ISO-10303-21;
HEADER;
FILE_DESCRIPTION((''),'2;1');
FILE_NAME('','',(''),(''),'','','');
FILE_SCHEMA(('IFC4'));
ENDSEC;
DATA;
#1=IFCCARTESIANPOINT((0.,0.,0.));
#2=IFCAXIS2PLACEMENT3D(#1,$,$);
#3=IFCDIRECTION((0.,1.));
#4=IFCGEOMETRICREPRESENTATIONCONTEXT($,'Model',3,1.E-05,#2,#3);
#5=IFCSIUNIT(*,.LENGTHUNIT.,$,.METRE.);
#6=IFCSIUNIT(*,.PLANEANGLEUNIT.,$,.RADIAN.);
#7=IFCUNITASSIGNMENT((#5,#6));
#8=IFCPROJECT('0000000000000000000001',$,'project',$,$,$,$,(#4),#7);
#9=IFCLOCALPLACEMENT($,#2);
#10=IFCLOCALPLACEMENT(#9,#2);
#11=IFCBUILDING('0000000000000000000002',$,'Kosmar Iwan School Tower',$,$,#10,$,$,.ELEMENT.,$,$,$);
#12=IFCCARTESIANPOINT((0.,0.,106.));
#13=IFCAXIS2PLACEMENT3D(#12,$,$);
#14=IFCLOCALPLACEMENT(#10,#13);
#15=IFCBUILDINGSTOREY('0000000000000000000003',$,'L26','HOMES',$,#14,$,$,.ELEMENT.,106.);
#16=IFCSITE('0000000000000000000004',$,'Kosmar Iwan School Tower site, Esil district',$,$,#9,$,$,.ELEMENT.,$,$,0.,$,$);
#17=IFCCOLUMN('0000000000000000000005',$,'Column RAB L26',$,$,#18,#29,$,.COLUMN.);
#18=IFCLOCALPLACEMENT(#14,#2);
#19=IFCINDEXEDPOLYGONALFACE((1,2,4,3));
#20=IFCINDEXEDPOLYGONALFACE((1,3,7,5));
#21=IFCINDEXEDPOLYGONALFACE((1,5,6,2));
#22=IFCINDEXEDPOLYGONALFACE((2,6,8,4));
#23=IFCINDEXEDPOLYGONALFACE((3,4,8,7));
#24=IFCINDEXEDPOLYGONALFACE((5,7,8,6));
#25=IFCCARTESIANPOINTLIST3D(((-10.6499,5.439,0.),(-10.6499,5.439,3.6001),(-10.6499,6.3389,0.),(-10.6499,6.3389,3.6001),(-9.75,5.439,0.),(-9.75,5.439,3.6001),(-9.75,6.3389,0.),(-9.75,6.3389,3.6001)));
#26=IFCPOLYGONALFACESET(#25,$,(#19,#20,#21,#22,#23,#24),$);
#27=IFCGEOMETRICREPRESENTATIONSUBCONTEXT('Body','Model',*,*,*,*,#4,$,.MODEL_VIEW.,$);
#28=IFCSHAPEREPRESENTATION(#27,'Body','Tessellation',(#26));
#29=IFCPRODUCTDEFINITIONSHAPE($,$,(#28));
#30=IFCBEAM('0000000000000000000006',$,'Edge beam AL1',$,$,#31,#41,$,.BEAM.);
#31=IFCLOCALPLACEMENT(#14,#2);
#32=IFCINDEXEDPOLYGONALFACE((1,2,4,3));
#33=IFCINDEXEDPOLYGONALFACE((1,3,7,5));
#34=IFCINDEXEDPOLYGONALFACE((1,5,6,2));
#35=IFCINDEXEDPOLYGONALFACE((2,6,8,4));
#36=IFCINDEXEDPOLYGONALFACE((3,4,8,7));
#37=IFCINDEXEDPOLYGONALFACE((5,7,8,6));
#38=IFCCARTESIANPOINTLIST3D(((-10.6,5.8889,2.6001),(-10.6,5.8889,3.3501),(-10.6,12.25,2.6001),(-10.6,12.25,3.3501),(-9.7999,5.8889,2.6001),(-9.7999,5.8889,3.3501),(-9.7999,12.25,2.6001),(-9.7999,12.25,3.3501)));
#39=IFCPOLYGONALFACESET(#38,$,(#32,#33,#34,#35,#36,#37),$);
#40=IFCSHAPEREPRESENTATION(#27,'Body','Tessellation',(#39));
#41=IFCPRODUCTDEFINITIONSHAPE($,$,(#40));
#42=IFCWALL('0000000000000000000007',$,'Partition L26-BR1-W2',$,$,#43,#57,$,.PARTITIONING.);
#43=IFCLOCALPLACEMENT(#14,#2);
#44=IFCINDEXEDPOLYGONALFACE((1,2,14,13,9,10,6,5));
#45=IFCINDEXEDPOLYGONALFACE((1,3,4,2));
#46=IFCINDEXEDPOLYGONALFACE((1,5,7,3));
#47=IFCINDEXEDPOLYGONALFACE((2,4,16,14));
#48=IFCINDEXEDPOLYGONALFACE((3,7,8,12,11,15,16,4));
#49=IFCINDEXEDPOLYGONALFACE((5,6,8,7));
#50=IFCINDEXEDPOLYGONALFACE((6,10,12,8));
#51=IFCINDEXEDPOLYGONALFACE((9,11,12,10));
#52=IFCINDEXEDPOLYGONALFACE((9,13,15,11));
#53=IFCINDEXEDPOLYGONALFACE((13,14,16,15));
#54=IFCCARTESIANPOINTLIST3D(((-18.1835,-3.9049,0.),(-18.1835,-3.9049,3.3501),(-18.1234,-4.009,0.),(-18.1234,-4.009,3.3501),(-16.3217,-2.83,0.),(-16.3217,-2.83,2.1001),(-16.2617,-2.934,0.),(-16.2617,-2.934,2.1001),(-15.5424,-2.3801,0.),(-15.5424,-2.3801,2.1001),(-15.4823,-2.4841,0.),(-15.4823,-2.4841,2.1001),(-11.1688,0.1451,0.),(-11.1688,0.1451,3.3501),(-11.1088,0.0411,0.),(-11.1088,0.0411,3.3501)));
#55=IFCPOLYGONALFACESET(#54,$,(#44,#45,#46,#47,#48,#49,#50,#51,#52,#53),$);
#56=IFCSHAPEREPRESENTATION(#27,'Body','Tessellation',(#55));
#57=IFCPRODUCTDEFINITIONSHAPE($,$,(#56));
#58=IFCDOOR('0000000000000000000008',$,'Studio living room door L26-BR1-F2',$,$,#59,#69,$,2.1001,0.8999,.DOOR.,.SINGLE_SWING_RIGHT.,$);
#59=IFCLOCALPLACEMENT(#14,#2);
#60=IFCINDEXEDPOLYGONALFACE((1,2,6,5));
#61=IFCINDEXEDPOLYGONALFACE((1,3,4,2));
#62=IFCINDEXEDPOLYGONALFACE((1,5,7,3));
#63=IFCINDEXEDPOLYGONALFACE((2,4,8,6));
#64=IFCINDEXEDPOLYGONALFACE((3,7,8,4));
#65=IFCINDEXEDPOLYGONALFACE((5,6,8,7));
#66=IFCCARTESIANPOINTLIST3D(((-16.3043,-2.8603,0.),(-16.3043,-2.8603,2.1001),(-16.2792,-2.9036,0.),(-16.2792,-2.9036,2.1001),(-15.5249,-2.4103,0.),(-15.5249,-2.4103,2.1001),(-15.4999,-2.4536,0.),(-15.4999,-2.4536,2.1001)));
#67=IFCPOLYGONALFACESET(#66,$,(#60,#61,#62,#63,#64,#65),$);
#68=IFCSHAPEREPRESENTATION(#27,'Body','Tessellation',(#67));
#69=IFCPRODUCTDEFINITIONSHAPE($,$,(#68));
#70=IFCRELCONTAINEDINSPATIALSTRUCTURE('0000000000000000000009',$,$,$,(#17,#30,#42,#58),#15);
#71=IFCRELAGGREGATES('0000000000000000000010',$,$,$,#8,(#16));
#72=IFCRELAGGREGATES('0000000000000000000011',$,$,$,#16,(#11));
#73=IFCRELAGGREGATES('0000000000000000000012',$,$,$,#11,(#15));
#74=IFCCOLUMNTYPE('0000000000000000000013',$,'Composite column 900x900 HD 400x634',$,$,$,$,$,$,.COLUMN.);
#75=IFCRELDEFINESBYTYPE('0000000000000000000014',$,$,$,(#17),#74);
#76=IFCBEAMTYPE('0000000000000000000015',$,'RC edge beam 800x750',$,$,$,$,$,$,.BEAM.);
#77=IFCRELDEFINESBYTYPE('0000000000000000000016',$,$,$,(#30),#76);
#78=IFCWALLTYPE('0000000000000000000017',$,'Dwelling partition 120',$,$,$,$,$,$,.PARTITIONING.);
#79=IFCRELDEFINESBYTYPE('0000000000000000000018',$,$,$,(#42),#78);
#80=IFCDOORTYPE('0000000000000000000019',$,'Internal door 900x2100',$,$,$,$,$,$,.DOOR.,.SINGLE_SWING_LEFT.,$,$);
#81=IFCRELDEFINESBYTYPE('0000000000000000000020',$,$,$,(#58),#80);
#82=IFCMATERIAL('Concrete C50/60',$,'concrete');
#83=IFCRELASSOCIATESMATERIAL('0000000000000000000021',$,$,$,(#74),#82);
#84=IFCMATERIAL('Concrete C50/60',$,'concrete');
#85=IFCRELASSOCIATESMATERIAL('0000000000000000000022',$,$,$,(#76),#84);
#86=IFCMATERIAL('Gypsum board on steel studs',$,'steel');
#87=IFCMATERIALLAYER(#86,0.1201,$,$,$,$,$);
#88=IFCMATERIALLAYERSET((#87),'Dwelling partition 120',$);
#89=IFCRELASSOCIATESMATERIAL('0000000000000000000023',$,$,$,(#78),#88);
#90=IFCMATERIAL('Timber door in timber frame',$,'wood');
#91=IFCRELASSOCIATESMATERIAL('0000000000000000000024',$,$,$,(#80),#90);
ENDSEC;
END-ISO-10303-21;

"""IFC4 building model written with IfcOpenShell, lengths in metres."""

from ifc_helpers import new_model, si_unit, direction, frame, frame_2d, origin, origin_2d, place, context, subcontext, project, spatial, rectangle, extrude, material, layer, layer_set, material_profile, profile_set, type_object, element, fill, save


model = new_model("IFC4")

# Units and contexts
model_context = context("Model", 3, precision=1e-05, world=origin(), true_north=direction((0.0, 1.0)))
body_context = subcontext(model_context, "Body", "Model", "MODEL_VIEW")
ifc_project = project(units=[si_unit("LENGTHUNIT", "METRE"), si_unit("PLANEANGLEUNIT", "RADIAN")], contexts=[model_context])

# Site, building, storey
site_placement = place(None, origin())
site = spatial("IfcSite", under=ifc_project, at=site_placement, Name="Kosmar Iwan School Tower site, Esil district", CompositionType="ELEMENT", RefElevation=0.0)
building_placement = place(site_placement, origin())
building = spatial("IfcBuilding", under=site, at=building_placement, Name="Kosmar Iwan School Tower", CompositionType="ELEMENT")
storey_placement = place(building_placement, frame((0.0, 0.0, 106.0)))
storey = spatial("IfcBuildingStorey", under=building, at=storey_placement, Name="L26", Description="HOMES", CompositionType="ELEMENT", Elevation=106.0)

# Column
ifc_material_1 = material(Name="Concrete C50/60", Category="concrete")
ifc_material_profile_1 = material_profile(ifc_material_1, rectangle(XDim=0.8999, YDim=0.8999, at=origin_2d()), Name="RC 900x900 + HD 400x634")
ifc_profile_set_1 = profile_set([ifc_material_profile_1], Name="Concrete C50/60")
column_type = type_object("IfcColumnType", Name="Composite column 900x900 HD 400x634", PredefinedType="COLUMN", material=ifc_profile_set_1)
column_placement = place(storey_placement, frame((-10.2, 5.8889, 0.0), z_axis=(0.0, 0.0, 1.0), x_axis=(1.0, 0.0, 0.0)))
element("IfcColumn", 1, at=column_placement, inside=storey, type_object=column_type, Name="Column RAB L26", PredefinedType="COLUMN", context=body_context, shape_type="SweptSolid", body=[
    extrude(rectangle(XDim=0.8999, YDim=0.8999, at=origin_2d()), origin(), (0.0, 0.0, 1.0), 3.6001),
])

# Beam
ifc_material_2 = material(Name="Concrete C50/60", Category="concrete")
ifc_material_profile_2 = material_profile(ifc_material_2, rectangle(XDim=0.8, YDim=0.75, at=origin_2d()), Name="RC 800x750")
ifc_profile_set_2 = profile_set([ifc_material_profile_2], Name="Concrete C50/60")
beam_type = type_object("IfcBeamType", Name="RC edge beam 800x750", PredefinedType="BEAM", material=ifc_profile_set_2)
beam_placement = place(storey_placement, frame((-10.2, 5.8889, 2.9751), z_axis=(0.0, 1.0, 0.0), x_axis=(-1.0, 0.0, 0.0)))
element("IfcBeam", 2, at=beam_placement, inside=storey, type_object=beam_type, Name="Edge beam AL1", PredefinedType="BEAM", context=body_context, shape_type="SweptSolid", body=[
    extrude(rectangle(XDim=0.8, YDim=0.75, at=origin_2d()), origin(), (0.0, 0.0, 1.0), 6.3611),
])

# Wall, opening, door
ifc_material_3 = material(Name="Gypsum board on steel studs", Category="steel")
ifc_layer = layer(ifc_material_3, 0.1201)
ifc_layer_set = layer_set([ifc_layer], Name="Dwelling partition 120")
wall_type = type_object("IfcWallType", Name="Dwelling partition 120", PredefinedType="PARTITIONING", material=ifc_layer_set)
wall_placement = place(storey_placement, frame((-11.1389, 0.093, 0.0), z_axis=(0.0, 0.0, 1.0), x_axis=(-0.866018, -0.500013, 0.0)))
wall = element("IfcWall", 3, at=wall_placement, inside=storey, type_object=wall_type, Name="Partition L26-BR1-W2", PredefinedType="PARTITIONING", context=body_context, shape_type="SweptSolid", body=[
    extrude(rectangle(XDim=8.0999, YDim=0.1201, at=frame_2d((4.0498, 0.0))), origin(), (0.0, 0.0, 1.0), 3.3501),
])
opening_placement = place(wall_placement, frame((5.05, 0.0, 0.0)))
opening = element("IfcOpeningElement", 4, at=opening_placement, cuts=wall, PredefinedType="OPENING", context=body_context, shape_type="SweptSolid", body=[
    extrude(rectangle(XDim=0.8999, YDim=2.1001, at=frame_2d((0.45, 1.05))), frame((0.0, 0.072, 0.0), z_axis=(0.0, -1.0, 0.0), x_axis=(1.0, 0.0, 0.0)), (0.0, 0.0, 1.0), 0.144),
])
ifc_material_4 = material(Name="Timber door in timber frame", Category="wood")
door_type = type_object("IfcDoorType", Name="Internal door 900x2100", OperationType="SINGLE_SWING_LEFT", PredefinedType="DOOR", material=ifc_material_4)
door_placement = place(opening_placement, origin())
door = element("IfcDoor", 5, at=door_placement, inside=storey, type_object=door_type, Name="Studio living room door L26-BR1-F2", OperationType="SINGLE_SWING_RIGHT", OverallHeight=2.1001, OverallWidth=0.8999, PredefinedType="DOOR", context=body_context, shape_type="SweptSolid", body=[
    extrude(rectangle(XDim=0.8999, YDim=2.1001, at=frame_2d((0.45, 1.05))), frame((0.0, 0.0249, 0.0), z_axis=(0.0, -1.0, 0.0), x_axis=(1.0, 0.0, 0.0)), (0.0, 0.0, 1.0), 0.05),
])
fill(opening, door)

save(model, "model.ifc")
